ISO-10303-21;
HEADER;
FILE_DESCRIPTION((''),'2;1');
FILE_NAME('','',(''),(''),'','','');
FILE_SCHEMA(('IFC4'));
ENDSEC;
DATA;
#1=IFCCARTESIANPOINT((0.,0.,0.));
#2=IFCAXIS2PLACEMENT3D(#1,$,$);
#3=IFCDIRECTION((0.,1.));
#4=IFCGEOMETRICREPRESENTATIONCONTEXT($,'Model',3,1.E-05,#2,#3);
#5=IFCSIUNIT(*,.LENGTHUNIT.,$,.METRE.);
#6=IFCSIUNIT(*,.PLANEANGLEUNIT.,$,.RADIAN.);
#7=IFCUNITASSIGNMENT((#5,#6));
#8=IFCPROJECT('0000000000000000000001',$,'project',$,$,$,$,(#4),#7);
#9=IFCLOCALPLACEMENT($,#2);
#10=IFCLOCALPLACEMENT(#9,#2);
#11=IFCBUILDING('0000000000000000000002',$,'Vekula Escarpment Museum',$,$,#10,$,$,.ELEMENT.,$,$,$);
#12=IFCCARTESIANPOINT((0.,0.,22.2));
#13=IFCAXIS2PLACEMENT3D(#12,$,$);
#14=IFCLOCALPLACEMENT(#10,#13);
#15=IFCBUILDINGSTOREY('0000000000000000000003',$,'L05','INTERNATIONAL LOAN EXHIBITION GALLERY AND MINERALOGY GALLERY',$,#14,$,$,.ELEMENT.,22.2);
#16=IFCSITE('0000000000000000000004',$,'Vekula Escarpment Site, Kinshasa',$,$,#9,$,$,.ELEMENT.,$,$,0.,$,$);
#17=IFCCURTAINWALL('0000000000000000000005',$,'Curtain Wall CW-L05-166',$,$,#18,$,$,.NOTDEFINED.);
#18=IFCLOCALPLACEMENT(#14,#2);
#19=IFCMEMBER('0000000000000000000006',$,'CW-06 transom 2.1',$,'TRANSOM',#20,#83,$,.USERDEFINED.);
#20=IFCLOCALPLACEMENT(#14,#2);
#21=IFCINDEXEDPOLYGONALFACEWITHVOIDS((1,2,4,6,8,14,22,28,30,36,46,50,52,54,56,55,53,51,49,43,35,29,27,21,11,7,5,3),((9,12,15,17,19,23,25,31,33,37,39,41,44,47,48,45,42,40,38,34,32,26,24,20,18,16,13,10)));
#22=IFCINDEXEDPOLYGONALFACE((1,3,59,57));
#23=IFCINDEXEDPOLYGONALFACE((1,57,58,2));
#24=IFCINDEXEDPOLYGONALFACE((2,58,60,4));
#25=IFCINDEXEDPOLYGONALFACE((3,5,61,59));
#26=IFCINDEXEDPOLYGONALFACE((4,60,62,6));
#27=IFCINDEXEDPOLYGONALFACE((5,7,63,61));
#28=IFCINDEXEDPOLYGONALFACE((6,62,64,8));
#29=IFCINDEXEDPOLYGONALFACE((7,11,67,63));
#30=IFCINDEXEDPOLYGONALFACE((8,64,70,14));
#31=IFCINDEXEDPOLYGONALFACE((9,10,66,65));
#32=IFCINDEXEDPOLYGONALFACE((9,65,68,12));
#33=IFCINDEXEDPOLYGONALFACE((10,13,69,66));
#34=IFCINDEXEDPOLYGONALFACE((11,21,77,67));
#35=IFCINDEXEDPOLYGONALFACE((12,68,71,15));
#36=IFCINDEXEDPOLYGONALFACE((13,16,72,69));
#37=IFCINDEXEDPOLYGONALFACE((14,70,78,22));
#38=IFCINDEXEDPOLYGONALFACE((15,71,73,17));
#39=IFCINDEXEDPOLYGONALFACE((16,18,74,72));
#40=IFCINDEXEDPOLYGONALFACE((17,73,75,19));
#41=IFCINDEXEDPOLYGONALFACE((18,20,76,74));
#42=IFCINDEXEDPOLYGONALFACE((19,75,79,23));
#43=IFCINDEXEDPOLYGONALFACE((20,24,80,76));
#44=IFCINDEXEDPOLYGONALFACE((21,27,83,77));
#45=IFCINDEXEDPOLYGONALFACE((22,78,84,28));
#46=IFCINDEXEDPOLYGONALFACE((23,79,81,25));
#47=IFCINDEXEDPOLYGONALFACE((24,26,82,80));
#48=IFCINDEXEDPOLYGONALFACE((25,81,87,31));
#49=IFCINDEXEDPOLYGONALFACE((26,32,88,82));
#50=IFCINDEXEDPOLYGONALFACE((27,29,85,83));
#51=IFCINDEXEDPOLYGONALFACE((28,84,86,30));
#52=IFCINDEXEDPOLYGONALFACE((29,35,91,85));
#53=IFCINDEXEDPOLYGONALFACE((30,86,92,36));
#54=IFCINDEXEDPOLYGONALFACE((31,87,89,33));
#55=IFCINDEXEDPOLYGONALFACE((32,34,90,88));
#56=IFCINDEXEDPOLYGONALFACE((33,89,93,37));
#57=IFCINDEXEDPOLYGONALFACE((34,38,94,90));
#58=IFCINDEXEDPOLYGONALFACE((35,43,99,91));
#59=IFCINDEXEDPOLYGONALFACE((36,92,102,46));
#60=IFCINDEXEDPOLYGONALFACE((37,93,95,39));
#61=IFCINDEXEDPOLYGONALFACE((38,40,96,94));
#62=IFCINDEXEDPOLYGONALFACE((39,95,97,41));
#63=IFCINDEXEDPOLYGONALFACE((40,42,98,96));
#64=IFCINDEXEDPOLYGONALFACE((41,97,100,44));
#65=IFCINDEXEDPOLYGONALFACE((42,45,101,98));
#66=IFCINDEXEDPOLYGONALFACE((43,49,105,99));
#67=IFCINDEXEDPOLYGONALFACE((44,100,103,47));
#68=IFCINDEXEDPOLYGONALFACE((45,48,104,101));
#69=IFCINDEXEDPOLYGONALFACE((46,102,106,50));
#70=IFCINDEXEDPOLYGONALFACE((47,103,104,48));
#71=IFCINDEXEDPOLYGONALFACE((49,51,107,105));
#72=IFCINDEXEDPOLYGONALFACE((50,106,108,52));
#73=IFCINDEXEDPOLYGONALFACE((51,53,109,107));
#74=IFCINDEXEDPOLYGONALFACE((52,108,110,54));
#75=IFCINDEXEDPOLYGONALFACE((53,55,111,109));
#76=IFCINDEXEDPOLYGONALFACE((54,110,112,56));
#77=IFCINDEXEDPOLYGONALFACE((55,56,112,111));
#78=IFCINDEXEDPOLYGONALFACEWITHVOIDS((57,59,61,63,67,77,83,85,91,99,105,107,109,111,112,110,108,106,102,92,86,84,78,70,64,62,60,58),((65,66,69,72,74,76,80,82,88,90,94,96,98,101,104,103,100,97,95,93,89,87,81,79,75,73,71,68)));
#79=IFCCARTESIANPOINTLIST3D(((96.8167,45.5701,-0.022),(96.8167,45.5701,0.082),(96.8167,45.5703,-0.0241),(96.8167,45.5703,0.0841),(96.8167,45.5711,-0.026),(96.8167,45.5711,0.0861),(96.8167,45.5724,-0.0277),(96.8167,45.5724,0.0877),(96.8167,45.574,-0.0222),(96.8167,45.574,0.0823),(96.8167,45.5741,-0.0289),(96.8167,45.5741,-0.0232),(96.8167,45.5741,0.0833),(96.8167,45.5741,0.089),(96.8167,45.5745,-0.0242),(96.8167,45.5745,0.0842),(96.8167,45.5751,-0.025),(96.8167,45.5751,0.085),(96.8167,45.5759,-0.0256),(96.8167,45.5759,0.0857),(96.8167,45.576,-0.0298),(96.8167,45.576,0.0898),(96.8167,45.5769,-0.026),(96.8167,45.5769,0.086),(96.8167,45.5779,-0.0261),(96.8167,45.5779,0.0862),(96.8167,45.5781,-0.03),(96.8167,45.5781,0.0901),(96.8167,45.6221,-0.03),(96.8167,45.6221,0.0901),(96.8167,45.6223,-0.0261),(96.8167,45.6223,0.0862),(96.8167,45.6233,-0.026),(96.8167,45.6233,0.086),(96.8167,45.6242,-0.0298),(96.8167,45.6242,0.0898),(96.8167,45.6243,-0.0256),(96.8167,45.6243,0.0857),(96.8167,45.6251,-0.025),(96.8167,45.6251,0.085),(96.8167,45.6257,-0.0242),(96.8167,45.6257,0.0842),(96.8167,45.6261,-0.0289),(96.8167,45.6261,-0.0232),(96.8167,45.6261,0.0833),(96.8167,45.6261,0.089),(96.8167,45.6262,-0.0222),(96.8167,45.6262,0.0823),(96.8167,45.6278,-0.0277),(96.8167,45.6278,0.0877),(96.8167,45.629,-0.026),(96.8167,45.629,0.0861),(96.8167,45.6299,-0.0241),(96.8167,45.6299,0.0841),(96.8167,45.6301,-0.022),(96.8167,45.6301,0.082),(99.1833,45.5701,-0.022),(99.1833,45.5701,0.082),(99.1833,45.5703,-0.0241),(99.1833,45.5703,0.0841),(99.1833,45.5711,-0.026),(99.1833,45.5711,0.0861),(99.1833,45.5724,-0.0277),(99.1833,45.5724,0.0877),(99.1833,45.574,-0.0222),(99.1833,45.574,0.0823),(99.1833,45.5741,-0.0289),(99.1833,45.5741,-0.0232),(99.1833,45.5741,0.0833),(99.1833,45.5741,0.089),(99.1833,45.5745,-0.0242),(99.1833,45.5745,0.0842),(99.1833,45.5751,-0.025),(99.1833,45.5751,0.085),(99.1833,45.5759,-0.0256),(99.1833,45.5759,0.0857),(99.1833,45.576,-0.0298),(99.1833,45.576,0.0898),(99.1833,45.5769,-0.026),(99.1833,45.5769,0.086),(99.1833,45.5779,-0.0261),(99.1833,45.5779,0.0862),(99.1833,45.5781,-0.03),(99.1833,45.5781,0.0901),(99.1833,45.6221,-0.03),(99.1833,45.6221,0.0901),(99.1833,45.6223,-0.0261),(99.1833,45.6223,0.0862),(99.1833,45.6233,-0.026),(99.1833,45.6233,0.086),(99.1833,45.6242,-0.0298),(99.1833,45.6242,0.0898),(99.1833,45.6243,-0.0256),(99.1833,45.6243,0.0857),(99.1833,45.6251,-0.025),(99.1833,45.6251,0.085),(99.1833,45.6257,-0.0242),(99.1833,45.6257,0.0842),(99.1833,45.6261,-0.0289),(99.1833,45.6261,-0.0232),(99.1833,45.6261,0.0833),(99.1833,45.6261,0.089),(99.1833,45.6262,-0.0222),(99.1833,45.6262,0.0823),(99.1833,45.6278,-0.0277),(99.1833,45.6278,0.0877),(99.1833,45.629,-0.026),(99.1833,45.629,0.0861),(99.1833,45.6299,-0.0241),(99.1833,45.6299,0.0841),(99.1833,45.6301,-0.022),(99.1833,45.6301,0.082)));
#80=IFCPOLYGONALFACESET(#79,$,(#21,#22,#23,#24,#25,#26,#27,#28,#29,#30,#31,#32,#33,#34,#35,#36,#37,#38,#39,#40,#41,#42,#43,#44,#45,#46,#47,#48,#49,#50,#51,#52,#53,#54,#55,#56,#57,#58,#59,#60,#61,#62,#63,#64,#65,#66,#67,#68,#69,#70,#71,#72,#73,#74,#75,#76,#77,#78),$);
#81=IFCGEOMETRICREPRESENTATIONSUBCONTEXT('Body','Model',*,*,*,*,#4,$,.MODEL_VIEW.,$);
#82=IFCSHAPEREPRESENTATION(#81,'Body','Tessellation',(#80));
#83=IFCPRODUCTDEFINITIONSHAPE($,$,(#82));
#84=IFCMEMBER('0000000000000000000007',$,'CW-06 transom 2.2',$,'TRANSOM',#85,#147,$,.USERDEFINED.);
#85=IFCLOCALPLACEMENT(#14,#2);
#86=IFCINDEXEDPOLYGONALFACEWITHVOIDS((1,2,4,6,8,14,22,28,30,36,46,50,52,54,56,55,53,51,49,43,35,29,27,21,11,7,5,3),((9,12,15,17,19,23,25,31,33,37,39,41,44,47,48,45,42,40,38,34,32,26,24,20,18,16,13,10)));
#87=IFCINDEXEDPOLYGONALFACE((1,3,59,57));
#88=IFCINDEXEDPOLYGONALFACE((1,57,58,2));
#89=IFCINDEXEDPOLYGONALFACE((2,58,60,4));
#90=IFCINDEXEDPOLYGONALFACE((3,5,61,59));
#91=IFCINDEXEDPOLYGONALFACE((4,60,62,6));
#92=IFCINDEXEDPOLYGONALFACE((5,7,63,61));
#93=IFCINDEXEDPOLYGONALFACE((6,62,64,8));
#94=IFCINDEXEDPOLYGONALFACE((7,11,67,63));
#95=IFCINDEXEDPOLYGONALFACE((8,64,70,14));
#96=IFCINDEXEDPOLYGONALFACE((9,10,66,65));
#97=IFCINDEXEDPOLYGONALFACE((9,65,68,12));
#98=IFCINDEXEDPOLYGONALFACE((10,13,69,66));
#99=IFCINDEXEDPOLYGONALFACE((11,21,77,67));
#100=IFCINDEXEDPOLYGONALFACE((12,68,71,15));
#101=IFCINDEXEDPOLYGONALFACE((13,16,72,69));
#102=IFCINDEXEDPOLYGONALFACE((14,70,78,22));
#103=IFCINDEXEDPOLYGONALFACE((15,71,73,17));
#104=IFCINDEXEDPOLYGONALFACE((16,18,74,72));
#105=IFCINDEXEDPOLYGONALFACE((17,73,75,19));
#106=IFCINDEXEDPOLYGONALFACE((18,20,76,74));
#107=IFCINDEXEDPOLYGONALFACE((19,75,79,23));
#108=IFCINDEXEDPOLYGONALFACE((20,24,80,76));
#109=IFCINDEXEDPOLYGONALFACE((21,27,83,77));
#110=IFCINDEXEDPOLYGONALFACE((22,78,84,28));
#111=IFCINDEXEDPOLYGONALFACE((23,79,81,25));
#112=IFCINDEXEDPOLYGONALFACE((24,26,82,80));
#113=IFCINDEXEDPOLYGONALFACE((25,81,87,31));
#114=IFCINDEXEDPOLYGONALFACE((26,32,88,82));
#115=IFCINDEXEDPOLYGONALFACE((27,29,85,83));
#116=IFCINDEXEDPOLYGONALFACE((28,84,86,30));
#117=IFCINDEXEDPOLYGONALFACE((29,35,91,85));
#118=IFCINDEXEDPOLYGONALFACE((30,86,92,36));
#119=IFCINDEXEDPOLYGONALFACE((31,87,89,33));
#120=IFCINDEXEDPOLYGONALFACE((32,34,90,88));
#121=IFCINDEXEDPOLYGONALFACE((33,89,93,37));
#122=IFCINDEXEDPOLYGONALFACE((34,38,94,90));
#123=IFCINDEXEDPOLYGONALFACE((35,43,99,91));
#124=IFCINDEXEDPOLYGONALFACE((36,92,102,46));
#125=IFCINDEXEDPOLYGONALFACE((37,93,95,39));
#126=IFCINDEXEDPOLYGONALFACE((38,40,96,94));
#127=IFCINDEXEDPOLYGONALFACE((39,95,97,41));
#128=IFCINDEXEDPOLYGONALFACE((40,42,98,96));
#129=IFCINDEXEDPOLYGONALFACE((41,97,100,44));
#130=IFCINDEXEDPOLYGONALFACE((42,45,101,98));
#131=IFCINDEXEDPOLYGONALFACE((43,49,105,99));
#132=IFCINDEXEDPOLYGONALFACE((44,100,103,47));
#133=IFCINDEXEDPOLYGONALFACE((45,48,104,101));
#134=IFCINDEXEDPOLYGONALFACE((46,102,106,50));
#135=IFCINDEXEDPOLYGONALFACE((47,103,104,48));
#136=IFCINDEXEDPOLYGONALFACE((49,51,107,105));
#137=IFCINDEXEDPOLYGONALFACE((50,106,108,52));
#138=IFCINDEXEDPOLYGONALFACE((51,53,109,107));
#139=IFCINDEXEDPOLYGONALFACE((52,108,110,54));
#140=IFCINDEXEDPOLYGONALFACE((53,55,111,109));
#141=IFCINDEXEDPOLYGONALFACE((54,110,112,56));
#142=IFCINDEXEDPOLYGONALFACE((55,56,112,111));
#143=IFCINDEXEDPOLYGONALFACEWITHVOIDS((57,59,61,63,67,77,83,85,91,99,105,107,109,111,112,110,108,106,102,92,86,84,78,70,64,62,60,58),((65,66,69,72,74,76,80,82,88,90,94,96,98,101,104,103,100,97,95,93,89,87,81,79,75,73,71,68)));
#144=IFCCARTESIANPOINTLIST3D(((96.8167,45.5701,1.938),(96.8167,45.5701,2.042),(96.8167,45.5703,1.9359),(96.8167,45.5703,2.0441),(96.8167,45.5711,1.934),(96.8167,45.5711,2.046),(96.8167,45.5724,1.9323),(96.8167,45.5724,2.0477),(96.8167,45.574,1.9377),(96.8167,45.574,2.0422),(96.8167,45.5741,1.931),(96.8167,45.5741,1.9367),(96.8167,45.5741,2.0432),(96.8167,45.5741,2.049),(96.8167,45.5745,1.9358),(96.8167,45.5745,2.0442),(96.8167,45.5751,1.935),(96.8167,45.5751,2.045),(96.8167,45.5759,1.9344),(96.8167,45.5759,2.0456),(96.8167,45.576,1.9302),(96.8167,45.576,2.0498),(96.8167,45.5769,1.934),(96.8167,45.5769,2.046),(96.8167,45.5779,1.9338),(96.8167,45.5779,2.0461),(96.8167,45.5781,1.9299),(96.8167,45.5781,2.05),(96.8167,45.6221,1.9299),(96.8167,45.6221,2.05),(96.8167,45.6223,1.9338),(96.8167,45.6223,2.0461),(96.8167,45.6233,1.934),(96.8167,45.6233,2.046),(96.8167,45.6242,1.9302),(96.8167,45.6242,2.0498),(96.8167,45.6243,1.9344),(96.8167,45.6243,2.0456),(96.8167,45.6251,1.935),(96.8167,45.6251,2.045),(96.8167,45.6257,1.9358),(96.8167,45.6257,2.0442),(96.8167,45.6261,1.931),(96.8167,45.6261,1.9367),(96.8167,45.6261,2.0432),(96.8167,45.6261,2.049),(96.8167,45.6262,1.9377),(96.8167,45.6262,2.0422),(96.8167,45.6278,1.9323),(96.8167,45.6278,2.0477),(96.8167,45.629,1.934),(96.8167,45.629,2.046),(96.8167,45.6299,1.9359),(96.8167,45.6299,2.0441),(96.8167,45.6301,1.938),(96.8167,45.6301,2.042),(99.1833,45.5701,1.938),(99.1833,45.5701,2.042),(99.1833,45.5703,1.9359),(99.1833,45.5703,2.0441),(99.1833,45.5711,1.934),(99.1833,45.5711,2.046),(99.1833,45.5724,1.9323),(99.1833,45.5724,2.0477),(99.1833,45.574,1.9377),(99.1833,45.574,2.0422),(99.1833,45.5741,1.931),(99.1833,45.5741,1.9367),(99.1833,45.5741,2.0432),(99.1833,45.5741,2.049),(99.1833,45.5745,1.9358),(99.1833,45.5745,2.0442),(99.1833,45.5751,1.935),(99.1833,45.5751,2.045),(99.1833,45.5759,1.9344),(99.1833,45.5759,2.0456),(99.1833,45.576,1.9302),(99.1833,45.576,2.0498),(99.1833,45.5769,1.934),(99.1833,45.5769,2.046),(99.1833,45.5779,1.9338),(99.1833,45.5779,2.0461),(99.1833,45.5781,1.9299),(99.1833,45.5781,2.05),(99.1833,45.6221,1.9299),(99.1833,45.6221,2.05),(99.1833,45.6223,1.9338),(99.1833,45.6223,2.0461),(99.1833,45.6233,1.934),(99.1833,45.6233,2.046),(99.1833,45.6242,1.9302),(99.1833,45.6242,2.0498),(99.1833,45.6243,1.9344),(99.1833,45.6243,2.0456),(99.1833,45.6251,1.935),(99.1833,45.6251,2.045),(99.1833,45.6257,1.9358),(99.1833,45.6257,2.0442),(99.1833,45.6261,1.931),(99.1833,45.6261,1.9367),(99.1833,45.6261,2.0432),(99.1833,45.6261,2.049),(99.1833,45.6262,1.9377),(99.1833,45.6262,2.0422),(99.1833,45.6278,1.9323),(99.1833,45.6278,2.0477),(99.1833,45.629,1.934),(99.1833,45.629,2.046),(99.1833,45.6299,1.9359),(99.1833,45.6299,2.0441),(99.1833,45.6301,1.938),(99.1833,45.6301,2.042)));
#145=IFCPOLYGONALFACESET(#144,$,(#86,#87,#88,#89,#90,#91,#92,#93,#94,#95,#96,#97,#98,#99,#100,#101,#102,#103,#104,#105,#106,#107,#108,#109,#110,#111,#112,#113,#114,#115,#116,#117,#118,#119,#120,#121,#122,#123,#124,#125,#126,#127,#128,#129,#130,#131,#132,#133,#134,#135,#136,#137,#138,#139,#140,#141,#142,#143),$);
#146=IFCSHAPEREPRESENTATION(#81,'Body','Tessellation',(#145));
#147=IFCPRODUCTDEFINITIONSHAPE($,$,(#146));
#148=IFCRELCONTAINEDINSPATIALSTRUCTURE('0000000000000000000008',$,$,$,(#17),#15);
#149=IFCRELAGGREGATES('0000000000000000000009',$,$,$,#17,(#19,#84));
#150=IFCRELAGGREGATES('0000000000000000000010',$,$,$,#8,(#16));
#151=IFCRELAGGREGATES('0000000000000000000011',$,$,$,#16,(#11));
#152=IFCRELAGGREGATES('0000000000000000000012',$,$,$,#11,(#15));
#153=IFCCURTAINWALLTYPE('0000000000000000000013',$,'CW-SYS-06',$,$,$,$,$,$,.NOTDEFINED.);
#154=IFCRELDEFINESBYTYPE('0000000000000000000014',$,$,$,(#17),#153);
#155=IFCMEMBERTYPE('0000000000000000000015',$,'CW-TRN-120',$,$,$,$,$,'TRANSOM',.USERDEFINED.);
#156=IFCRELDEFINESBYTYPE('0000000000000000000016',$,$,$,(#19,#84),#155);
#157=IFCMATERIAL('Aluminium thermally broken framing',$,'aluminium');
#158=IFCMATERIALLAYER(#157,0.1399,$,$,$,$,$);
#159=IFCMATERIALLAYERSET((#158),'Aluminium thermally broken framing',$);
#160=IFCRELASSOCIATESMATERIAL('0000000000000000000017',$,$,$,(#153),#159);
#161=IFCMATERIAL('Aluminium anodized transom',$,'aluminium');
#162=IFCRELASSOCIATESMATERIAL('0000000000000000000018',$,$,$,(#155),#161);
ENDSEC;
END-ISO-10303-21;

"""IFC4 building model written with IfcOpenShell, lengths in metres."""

from ifc_helpers import new_model, si_unit, direction, frame, origin, origin_2d, place, context, subcontext, project, spatial, hollow_rectangle, extrude, material, layer, layer_set, material_profile, profile_set, type_object, element, aggregate, save


model = new_model("IFC4")

# Units and contexts
model_context = context("Model", 3, precision=1e-05, world=origin(), true_north=direction((0.0, 1.0)))
body_context = subcontext(model_context, "Body", "Model", "MODEL_VIEW")
ifc_project = project(units=[si_unit("LENGTHUNIT", "METRE"), si_unit("PLANEANGLEUNIT", "RADIAN")], contexts=[model_context])

# Site, building, storey
site_placement = place(None, origin())
site = spatial("IfcSite", under=ifc_project, at=site_placement, Name="Vekula Escarpment Site, Kinshasa", CompositionType="ELEMENT", RefElevation=0.0)
building_placement = place(site_placement, origin())
building = spatial("IfcBuilding", under=site, at=building_placement, Name="Vekula Escarpment Museum", CompositionType="ELEMENT")
storey_placement = place(building_placement, frame((0.0, 0.0, 22.2)))
storey = spatial("IfcBuildingStorey", under=building, at=storey_placement, Name="L05", Description="INTERNATIONAL LOAN EXHIBITION GALLERY AND MINERALOGY GALLERY", CompositionType="ELEMENT", Elevation=22.2)

# Curtain wall
ifc_material_1 = material(Name="Aluminium thermally broken framing", Category="aluminium")
ifc_layer_1 = layer(ifc_material_1, 0.1399)
ifc_layer_set_1 = layer_set([ifc_layer_1], Name="Aluminium thermally broken framing")
curtain_wall_type_1 = type_object("IfcCurtainWallType", Name="CW-SYS-06", PredefinedType="NOTDEFINED", material=ifc_layer_set_1)
curtain_wall_1_placement = place(storey_placement, origin())
curtain_wall_1 = element("IfcCurtainWall", 1, at=curtain_wall_1_placement, inside=storey, type_object=curtain_wall_type_1, Name="Curtain Wall CW-L05-166", PredefinedType="NOTDEFINED")

# Members
ifc_material_2 = material(Name="Aluminium anodized transom", Category="aluminium")
ifc_material_profile_1 = material_profile(ifc_material_2, hollow_rectangle(XDim=0.0601, YDim=0.1201, WallThickness=0.0039, InnerFilletRadius=0.0039, OuterFilletRadius=0.0081, at=origin_2d()), Name="ALU 120x60x4")
ifc_profile_set_1 = profile_set([ifc_material_profile_1], Name="Aluminium anodized transom")
member_type_1 = type_object("IfcMemberType", Name="CW-TRN-120", ElementType="TRANSOM", PredefinedType="USERDEFINED", material=ifc_profile_set_1)
member_1_placement = place(storey_placement, frame((96.8167, 45.6001, 0.03), z_axis=(1.0, 0.0, 0.0), x_axis=(0.0, 1.0, 0.0)))
member_1 = element("IfcMember", 2, at=member_1_placement, type_object=member_type_1, Name="CW-06 transom 2.1", ObjectType="TRANSOM", PredefinedType="USERDEFINED", context=body_context, shape_type="SweptSolid", body=[
    extrude(hollow_rectangle(XDim=0.0601, YDim=0.1201, WallThickness=0.0039, InnerFilletRadius=0.0039, OuterFilletRadius=0.0081, at=origin_2d()), origin(), (0.0, 0.0, 1.0), 2.3667),
])
member_2_placement = place(storey_placement, frame((96.8167, 45.6001, 1.99), z_axis=(1.0, 0.0, 0.0), x_axis=(0.0, 1.0, 0.0)))
member_2 = element("IfcMember", 3, at=member_2_placement, type_object=member_type_1, Name="CW-06 transom 2.2", ObjectType="TRANSOM", PredefinedType="USERDEFINED", context=body_context, shape_type="SweptSolid", body=[
    extrude(hollow_rectangle(XDim=0.0601, YDim=0.1201, WallThickness=0.0039, InnerFilletRadius=0.0039, OuterFilletRadius=0.0081, at=origin_2d()), origin(), (0.0, 0.0, 1.0), 2.3667),
])

aggregate(curtain_wall_1, [member_1, member_2])

save(model, "model.ifc")
